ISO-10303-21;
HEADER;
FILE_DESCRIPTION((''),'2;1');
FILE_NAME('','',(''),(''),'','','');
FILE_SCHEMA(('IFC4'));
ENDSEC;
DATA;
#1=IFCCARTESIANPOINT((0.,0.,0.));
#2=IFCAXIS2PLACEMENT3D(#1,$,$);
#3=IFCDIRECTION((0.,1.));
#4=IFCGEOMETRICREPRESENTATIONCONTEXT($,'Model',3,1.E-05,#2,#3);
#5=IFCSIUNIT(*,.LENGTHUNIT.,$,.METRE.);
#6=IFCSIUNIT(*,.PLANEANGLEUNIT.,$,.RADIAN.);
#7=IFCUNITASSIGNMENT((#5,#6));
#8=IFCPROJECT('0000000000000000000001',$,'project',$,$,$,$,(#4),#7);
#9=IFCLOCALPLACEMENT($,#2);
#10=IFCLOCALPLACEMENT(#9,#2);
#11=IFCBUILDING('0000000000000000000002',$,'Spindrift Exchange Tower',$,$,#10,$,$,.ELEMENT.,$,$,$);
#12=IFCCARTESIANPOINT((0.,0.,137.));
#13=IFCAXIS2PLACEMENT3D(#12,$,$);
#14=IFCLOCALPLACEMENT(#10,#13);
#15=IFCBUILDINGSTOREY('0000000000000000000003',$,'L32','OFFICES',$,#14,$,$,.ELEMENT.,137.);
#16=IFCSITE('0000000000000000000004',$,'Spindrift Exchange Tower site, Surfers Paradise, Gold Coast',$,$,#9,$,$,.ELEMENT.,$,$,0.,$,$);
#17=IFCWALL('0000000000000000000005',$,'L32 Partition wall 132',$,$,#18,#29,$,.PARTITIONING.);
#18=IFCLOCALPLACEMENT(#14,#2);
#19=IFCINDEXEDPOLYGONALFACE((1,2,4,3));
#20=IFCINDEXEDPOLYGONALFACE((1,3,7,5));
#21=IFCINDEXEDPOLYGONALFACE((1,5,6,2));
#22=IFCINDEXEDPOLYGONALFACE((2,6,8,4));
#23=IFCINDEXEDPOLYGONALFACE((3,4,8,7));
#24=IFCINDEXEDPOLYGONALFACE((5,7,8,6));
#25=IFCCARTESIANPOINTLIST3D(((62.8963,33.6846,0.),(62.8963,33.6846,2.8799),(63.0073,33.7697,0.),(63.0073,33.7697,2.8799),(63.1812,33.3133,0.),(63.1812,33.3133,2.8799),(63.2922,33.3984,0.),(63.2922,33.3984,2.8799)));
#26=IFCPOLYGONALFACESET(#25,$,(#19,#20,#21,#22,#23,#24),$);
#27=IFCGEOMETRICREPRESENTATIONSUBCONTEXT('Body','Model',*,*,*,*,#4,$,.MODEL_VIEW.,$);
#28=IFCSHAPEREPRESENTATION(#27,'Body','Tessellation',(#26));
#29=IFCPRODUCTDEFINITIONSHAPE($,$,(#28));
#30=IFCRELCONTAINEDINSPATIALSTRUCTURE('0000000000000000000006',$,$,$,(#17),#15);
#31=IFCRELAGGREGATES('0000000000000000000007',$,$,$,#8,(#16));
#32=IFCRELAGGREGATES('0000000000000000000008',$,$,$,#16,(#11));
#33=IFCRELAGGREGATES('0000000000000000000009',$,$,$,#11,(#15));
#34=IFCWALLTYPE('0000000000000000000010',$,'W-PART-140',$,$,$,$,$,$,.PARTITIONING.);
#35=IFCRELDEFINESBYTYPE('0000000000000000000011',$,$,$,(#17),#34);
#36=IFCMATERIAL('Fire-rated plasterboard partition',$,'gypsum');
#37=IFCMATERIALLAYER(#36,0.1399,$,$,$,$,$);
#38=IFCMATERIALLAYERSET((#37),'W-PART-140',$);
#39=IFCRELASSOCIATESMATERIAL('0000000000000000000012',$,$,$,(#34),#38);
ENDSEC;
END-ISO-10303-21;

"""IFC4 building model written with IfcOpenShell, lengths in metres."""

from ifc_helpers import new_model, si_unit, direction, frame, frame_2d, origin, place, context, subcontext, project, spatial, rectangle, extrude, material, layer, layer_set, type_object, element, save


model = new_model("IFC4")

# Units and contexts
model_context = context("Model", 3, precision=1e-05, world=origin(), true_north=direction((0.0, 1.0)))
body_context = subcontext(model_context, "Body", "Model", "MODEL_VIEW")
ifc_project = project(units=[si_unit("LENGTHUNIT", "METRE"), si_unit("PLANEANGLEUNIT", "RADIAN")], contexts=[model_context])

# Site, building, storey
site_placement = place(None, origin())
site = spatial("IfcSite", under=ifc_project, at=site_placement, Name="Spindrift Exchange Tower site, Surfers Paradise, Gold Coast", CompositionType="ELEMENT", RefElevation=0.0)
building_placement = place(site_placement, origin())
building = spatial("IfcBuilding", under=site, at=building_placement, Name="Spindrift Exchange Tower", CompositionType="ELEMENT")
storey_placement = place(building_placement, frame((0.0, 0.0, 137.0)))
storey = spatial("IfcBuildingStorey", under=building, at=storey_placement, Name="L32", Description="OFFICES", CompositionType="ELEMENT", Elevation=137.0)

# Shared definitions
ifc_material_1 = material(Name="Fire-rated plasterboard partition", Category="gypsum")

# Shared definitions
ifc_layer_1 = layer(ifc_material_1, 0.1399)
ifc_layer_set_1 = layer_set([ifc_layer_1], Name="W-PART-140")
wall_type_1 = type_object("IfcWallType", Name="W-PART-140", PredefinedType="PARTITIONING", material=ifc_layer_set_1)

# Wall
wall_1_placement = place(storey_placement, frame((62.9519, 33.7271, 0.0), z_axis=(0.0, 0.0, 1.0), x_axis=(0.608727, -0.79338, 0.0)))
element("IfcWall", 1, at=wall_1_placement, inside=storey, type_object=wall_type_1, Name="L32 Partition wall 132", PredefinedType="PARTITIONING", context=body_context, shape_type="SweptSolid", body=[
    extrude(rectangle(XDim=0.468, YDim=0.1399, at=frame_2d((0.2339, 0.0))), origin(), (0.0, 0.0, 1.0), 2.8799),
])

save(model, "model.ifc")
